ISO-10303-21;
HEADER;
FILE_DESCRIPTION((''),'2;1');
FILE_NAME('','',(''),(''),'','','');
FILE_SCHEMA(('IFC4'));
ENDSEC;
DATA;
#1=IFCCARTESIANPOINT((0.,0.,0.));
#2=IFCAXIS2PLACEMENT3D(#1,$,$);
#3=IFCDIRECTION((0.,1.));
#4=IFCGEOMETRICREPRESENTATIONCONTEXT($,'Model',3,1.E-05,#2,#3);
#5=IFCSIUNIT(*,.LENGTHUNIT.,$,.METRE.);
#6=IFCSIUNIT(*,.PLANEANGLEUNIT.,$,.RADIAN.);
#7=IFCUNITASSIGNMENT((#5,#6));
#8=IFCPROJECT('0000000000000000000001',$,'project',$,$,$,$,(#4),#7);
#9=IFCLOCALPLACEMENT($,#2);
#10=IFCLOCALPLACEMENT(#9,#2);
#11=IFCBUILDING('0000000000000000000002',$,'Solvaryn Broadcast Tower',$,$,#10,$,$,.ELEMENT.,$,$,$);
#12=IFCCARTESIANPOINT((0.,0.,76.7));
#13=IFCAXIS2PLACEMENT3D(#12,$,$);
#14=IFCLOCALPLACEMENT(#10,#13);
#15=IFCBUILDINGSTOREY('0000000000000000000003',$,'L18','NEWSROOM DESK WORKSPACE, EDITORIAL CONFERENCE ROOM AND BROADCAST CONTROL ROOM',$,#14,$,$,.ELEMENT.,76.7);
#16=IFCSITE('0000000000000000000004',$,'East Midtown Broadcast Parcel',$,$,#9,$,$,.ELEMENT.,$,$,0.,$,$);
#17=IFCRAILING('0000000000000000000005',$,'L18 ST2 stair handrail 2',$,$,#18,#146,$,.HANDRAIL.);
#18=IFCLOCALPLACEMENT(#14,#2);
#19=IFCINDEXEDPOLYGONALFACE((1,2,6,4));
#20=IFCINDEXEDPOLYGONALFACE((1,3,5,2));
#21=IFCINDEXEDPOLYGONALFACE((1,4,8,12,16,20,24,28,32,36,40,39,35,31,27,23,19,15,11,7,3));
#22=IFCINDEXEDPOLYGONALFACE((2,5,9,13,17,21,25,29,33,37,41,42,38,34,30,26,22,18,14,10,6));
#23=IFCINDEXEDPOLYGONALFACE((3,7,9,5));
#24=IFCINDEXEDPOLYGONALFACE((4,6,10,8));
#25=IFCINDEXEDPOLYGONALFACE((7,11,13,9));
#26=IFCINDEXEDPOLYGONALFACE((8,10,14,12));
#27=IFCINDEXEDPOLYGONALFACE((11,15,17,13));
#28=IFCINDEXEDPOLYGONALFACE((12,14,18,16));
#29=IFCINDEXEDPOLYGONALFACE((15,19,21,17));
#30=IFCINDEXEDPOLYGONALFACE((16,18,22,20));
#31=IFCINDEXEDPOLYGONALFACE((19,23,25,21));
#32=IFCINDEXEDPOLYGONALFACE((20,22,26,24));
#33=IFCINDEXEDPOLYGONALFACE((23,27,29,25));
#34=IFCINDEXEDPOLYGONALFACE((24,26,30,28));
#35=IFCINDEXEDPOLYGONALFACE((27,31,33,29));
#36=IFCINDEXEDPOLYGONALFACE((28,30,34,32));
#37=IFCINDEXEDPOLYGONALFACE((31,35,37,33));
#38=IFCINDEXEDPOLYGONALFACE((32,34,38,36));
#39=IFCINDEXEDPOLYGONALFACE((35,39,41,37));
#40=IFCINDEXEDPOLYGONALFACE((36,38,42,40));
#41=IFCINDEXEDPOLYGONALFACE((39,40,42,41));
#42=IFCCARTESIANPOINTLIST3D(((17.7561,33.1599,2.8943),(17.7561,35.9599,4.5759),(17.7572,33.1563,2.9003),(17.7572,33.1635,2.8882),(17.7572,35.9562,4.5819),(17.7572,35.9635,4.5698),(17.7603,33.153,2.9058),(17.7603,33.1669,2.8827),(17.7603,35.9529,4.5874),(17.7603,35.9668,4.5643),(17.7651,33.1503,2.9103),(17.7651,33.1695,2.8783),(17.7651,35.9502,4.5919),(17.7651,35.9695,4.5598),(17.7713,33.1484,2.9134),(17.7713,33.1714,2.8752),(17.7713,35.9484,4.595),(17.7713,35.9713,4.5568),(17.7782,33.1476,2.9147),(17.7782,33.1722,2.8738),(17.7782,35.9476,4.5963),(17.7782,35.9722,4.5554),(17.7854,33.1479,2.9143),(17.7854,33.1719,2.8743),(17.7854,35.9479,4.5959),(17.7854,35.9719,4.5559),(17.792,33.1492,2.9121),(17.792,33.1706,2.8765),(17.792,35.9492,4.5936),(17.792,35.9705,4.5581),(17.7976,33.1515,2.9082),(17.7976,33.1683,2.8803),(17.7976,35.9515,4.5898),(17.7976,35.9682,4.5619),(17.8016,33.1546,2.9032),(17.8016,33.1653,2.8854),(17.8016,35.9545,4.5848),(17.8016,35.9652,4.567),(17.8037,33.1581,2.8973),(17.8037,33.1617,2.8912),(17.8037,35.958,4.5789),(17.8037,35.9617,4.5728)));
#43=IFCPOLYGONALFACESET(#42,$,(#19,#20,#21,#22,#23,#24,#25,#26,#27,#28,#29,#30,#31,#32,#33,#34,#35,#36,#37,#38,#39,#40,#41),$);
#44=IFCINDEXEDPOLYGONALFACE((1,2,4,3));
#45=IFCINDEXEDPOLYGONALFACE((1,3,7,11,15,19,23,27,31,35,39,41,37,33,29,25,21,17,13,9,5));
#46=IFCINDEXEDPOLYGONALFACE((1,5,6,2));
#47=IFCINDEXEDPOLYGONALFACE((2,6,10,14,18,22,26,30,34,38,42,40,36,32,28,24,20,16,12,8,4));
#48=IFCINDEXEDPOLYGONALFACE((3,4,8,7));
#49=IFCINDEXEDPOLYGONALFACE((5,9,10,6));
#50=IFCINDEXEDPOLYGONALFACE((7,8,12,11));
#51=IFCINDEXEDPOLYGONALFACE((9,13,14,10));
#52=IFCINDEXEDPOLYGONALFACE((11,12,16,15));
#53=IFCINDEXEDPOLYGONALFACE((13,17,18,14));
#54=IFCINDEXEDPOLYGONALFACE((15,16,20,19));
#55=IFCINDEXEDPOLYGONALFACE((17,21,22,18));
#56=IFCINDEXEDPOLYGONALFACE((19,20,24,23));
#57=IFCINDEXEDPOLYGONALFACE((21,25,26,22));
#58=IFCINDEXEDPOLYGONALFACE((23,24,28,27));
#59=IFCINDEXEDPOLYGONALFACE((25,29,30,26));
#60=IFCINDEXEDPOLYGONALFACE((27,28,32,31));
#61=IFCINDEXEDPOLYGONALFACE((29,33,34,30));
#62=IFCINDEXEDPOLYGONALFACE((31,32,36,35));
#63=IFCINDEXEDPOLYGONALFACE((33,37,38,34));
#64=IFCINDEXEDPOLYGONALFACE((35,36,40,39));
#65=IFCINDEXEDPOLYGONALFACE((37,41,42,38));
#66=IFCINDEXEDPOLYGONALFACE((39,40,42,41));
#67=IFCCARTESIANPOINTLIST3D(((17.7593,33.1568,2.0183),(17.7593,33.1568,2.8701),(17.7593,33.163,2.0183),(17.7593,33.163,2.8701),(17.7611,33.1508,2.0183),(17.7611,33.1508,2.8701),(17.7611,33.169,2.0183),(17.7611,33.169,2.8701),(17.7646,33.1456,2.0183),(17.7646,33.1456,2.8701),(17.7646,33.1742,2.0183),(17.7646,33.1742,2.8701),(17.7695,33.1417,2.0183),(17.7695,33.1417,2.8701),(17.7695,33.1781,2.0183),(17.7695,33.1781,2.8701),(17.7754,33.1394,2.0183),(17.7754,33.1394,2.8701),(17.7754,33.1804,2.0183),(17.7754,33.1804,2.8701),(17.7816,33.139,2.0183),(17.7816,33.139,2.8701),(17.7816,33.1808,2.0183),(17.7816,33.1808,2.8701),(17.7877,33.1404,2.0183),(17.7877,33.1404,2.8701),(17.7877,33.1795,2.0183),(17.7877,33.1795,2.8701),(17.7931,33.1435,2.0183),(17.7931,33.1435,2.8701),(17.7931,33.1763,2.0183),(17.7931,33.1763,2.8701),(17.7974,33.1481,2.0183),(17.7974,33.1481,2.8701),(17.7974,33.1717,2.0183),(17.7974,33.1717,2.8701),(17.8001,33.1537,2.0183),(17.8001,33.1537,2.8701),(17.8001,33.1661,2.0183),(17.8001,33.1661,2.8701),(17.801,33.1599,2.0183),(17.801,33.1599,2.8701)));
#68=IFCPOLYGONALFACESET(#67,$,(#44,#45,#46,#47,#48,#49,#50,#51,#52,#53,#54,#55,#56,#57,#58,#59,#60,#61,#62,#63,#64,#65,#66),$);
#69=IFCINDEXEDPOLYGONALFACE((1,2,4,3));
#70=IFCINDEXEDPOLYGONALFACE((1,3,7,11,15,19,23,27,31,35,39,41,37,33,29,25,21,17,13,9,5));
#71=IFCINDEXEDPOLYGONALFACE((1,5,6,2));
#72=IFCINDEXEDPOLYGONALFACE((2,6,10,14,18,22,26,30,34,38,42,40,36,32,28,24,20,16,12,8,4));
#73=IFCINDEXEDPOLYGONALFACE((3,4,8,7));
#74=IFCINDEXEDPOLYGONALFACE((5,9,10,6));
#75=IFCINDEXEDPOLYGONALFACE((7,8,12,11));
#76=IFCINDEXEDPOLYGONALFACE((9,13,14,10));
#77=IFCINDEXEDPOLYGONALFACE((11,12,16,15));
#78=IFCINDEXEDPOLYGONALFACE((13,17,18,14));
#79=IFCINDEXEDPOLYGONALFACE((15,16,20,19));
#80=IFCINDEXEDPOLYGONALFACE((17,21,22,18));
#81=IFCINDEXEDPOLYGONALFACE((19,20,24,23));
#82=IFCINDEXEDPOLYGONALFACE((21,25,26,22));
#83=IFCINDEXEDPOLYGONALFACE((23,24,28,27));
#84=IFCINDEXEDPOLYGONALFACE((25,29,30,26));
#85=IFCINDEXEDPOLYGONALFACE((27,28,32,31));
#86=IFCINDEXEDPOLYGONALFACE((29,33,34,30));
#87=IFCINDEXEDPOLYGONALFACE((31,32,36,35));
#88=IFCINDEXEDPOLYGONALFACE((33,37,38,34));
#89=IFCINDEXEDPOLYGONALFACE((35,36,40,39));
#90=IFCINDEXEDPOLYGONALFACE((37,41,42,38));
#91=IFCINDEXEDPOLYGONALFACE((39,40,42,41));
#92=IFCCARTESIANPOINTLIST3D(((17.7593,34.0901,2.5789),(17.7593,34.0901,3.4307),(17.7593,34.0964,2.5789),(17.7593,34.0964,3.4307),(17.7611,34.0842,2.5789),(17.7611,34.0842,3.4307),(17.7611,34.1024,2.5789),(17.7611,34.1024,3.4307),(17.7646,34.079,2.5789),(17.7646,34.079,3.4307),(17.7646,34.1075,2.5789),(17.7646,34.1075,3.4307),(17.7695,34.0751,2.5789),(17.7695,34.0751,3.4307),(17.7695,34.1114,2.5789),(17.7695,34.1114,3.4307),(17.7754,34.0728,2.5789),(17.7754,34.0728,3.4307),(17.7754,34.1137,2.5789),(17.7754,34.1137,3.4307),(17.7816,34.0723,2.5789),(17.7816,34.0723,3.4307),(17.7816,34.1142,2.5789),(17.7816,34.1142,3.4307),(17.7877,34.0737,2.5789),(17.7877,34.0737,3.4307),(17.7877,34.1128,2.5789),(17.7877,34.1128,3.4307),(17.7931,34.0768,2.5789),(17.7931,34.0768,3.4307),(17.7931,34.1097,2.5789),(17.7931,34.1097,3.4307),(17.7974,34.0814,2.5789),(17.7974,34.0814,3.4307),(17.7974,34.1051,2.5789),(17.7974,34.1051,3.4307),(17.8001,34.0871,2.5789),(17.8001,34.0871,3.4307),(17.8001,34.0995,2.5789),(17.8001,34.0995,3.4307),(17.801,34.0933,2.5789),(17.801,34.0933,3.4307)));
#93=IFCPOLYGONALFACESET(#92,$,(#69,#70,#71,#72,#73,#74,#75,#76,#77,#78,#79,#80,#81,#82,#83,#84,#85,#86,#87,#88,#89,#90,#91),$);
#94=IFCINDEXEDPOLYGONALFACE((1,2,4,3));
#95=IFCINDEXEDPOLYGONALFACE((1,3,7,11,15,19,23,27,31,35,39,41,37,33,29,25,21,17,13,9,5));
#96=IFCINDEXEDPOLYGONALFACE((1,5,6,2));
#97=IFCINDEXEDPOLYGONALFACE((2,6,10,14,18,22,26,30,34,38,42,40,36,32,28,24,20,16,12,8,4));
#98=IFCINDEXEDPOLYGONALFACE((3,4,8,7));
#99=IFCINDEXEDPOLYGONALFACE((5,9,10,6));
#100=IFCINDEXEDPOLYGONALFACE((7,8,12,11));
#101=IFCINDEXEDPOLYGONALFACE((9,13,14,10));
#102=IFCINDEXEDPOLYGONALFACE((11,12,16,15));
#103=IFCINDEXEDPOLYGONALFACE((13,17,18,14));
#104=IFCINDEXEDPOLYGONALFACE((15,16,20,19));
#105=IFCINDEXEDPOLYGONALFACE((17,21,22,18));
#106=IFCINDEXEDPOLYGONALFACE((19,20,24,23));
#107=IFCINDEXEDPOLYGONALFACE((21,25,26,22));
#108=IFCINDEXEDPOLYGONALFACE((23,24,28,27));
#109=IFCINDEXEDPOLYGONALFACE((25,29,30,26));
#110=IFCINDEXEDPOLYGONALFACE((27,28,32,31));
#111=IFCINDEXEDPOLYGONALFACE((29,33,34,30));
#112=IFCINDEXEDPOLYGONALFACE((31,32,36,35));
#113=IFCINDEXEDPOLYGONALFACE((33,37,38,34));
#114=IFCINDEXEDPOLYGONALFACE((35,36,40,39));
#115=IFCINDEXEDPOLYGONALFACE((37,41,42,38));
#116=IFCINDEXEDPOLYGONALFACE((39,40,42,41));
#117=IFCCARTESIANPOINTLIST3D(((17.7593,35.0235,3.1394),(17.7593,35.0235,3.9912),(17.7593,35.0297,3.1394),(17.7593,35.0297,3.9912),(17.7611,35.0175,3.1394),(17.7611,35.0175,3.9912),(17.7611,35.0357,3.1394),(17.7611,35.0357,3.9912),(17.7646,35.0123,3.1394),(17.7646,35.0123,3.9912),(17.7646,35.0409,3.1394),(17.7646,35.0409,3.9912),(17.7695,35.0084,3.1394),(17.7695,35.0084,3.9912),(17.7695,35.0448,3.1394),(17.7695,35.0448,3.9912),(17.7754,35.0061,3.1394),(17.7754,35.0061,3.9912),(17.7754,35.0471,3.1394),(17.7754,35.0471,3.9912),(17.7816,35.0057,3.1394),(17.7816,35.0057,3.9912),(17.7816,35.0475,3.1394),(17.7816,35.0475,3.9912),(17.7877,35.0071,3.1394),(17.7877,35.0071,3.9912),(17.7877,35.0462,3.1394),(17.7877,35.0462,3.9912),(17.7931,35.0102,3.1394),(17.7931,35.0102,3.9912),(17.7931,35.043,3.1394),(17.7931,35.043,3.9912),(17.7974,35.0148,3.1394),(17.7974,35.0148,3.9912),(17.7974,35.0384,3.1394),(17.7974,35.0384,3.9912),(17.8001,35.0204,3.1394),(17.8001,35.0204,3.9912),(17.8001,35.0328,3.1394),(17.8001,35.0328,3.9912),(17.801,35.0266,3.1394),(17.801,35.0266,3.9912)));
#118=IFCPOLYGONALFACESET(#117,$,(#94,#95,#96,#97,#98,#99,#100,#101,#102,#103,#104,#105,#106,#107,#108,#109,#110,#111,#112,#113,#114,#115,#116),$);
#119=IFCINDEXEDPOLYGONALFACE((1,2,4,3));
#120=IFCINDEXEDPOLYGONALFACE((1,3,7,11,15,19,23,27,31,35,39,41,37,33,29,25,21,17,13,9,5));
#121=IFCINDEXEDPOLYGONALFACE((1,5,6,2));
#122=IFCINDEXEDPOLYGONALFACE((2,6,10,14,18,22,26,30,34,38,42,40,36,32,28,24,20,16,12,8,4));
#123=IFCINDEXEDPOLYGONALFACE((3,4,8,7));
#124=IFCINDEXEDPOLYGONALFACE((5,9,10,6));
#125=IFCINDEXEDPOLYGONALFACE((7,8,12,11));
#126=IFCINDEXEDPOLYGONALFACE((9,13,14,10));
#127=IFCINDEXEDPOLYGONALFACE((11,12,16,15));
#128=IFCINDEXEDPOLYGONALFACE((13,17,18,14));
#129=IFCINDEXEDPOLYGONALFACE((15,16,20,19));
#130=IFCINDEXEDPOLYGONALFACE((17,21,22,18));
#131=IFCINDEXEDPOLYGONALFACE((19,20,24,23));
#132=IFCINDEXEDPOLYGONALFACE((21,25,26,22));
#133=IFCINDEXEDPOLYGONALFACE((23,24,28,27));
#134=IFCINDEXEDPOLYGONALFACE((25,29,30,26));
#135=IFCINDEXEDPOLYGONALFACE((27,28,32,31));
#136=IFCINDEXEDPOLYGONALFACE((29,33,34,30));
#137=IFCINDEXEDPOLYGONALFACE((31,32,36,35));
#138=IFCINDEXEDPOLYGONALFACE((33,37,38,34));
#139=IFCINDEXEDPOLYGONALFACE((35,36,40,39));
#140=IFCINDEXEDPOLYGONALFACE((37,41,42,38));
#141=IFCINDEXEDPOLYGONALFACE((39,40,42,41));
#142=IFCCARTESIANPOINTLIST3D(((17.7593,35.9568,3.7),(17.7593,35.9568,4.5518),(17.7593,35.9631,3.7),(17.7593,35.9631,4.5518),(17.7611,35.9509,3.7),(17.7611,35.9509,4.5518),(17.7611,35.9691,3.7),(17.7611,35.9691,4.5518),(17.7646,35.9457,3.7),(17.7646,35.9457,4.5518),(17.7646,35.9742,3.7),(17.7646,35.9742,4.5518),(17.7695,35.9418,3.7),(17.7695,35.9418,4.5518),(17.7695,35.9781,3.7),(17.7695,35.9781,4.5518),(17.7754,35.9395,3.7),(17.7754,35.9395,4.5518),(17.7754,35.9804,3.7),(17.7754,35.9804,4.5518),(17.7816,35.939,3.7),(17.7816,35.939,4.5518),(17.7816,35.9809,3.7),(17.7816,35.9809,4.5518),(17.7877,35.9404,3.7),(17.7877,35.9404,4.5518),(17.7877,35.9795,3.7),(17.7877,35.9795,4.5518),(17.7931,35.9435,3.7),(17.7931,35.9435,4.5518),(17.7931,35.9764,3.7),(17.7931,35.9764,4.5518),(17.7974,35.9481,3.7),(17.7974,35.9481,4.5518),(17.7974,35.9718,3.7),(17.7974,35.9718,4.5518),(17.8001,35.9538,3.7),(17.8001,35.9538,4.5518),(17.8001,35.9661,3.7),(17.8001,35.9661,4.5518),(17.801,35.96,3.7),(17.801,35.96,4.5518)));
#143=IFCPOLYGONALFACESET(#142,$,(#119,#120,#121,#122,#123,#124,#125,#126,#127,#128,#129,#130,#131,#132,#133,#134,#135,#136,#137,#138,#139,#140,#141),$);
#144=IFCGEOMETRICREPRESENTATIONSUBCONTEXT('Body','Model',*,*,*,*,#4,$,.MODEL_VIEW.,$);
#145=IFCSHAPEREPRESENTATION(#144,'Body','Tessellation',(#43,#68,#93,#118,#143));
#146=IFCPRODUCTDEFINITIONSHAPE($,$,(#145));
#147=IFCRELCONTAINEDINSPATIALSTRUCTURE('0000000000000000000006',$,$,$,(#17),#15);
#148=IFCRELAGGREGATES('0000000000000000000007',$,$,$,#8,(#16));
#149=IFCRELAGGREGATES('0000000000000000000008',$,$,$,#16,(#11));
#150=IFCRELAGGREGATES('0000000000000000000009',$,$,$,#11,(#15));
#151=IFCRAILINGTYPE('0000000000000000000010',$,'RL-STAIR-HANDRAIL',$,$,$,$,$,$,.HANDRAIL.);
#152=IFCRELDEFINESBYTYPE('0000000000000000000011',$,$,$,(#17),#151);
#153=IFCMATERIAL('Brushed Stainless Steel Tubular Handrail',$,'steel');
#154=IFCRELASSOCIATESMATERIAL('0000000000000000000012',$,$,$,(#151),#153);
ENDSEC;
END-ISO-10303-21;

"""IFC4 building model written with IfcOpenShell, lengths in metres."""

from ifc_helpers import new_model, si_unit, direction, frame, origin, origin_2d, place, context, subcontext, project, spatial, circle, extrude, material, type_object, element, save


model = new_model("IFC4")

# Units and contexts
model_context = context("Model", 3, precision=1e-05, world=origin(), true_north=direction((0.0, 1.0)))
body_context = subcontext(model_context, "Body", "Model", "MODEL_VIEW")
ifc_project = project(units=[si_unit("LENGTHUNIT", "METRE"), si_unit("PLANEANGLEUNIT", "RADIAN")], contexts=[model_context])

# Site, building, storey
site_placement = place(None, origin())
site = spatial("IfcSite", under=ifc_project, at=site_placement, Name="East Midtown Broadcast Parcel", CompositionType="ELEMENT", RefElevation=0.0)
building_placement = place(site_placement, origin())
building = spatial("IfcBuilding", under=site, at=building_placement, Name="Solvaryn Broadcast Tower", CompositionType="ELEMENT")
storey_placement = place(building_placement, frame((0.0, 0.0, 76.7)))
storey = spatial("IfcBuildingStorey", under=building, at=storey_placement, Name="L18", Description="NEWSROOM DESK WORKSPACE, EDITORIAL CONFERENCE ROOM AND BROADCAST CONTROL ROOM", CompositionType="ELEMENT", Elevation=76.7)

# Railing
ifc_material_1 = material(Name="Brushed Stainless Steel Tubular Handrail", Category="steel")
railing_type_1 = type_object("IfcRailingType", Name="RL-STAIR-HANDRAIL", PredefinedType="HANDRAIL", material=ifc_material_1)
railing_1_placement = place(storey_placement, frame((17.78, 33.1599, 2.0183)))
element("IfcRailing", 1, at=railing_1_placement, inside=storey, type_object=railing_type_1, Name="L18 ST2 stair handrail 2", PredefinedType="HANDRAIL", context=body_context, shape_type="SweptSolid", body=[
    extrude(circle(Radius=0.0239, at=origin_2d()), frame((0.0, 0.0, 0.876), z_axis=(0.0, 0.857275, 0.514858), x_axis=(-1.0, 0.0, 0.0)), (0.0, 0.0, 1.0), 3.2661),
    extrude(circle(Radius=0.021, at=origin_2d()), origin(), (0.0, 0.0, 1.0), 0.8518),
    extrude(circle(Radius=0.021, at=origin_2d()), frame((0.0, 0.9333, 0.5605)), (0.0, 0.0, 1.0), 0.8518),
    extrude(circle(Radius=0.021, at=origin_2d()), frame((0.0, 1.8667, 1.1211)), (0.0, 0.0, 1.0), 0.8518),
    extrude(circle(Radius=0.021, at=origin_2d()), frame((0.0, 2.8, 1.6816)), (0.0, 0.0, 1.0), 0.8518),
])

save(model, "model.ifc")
